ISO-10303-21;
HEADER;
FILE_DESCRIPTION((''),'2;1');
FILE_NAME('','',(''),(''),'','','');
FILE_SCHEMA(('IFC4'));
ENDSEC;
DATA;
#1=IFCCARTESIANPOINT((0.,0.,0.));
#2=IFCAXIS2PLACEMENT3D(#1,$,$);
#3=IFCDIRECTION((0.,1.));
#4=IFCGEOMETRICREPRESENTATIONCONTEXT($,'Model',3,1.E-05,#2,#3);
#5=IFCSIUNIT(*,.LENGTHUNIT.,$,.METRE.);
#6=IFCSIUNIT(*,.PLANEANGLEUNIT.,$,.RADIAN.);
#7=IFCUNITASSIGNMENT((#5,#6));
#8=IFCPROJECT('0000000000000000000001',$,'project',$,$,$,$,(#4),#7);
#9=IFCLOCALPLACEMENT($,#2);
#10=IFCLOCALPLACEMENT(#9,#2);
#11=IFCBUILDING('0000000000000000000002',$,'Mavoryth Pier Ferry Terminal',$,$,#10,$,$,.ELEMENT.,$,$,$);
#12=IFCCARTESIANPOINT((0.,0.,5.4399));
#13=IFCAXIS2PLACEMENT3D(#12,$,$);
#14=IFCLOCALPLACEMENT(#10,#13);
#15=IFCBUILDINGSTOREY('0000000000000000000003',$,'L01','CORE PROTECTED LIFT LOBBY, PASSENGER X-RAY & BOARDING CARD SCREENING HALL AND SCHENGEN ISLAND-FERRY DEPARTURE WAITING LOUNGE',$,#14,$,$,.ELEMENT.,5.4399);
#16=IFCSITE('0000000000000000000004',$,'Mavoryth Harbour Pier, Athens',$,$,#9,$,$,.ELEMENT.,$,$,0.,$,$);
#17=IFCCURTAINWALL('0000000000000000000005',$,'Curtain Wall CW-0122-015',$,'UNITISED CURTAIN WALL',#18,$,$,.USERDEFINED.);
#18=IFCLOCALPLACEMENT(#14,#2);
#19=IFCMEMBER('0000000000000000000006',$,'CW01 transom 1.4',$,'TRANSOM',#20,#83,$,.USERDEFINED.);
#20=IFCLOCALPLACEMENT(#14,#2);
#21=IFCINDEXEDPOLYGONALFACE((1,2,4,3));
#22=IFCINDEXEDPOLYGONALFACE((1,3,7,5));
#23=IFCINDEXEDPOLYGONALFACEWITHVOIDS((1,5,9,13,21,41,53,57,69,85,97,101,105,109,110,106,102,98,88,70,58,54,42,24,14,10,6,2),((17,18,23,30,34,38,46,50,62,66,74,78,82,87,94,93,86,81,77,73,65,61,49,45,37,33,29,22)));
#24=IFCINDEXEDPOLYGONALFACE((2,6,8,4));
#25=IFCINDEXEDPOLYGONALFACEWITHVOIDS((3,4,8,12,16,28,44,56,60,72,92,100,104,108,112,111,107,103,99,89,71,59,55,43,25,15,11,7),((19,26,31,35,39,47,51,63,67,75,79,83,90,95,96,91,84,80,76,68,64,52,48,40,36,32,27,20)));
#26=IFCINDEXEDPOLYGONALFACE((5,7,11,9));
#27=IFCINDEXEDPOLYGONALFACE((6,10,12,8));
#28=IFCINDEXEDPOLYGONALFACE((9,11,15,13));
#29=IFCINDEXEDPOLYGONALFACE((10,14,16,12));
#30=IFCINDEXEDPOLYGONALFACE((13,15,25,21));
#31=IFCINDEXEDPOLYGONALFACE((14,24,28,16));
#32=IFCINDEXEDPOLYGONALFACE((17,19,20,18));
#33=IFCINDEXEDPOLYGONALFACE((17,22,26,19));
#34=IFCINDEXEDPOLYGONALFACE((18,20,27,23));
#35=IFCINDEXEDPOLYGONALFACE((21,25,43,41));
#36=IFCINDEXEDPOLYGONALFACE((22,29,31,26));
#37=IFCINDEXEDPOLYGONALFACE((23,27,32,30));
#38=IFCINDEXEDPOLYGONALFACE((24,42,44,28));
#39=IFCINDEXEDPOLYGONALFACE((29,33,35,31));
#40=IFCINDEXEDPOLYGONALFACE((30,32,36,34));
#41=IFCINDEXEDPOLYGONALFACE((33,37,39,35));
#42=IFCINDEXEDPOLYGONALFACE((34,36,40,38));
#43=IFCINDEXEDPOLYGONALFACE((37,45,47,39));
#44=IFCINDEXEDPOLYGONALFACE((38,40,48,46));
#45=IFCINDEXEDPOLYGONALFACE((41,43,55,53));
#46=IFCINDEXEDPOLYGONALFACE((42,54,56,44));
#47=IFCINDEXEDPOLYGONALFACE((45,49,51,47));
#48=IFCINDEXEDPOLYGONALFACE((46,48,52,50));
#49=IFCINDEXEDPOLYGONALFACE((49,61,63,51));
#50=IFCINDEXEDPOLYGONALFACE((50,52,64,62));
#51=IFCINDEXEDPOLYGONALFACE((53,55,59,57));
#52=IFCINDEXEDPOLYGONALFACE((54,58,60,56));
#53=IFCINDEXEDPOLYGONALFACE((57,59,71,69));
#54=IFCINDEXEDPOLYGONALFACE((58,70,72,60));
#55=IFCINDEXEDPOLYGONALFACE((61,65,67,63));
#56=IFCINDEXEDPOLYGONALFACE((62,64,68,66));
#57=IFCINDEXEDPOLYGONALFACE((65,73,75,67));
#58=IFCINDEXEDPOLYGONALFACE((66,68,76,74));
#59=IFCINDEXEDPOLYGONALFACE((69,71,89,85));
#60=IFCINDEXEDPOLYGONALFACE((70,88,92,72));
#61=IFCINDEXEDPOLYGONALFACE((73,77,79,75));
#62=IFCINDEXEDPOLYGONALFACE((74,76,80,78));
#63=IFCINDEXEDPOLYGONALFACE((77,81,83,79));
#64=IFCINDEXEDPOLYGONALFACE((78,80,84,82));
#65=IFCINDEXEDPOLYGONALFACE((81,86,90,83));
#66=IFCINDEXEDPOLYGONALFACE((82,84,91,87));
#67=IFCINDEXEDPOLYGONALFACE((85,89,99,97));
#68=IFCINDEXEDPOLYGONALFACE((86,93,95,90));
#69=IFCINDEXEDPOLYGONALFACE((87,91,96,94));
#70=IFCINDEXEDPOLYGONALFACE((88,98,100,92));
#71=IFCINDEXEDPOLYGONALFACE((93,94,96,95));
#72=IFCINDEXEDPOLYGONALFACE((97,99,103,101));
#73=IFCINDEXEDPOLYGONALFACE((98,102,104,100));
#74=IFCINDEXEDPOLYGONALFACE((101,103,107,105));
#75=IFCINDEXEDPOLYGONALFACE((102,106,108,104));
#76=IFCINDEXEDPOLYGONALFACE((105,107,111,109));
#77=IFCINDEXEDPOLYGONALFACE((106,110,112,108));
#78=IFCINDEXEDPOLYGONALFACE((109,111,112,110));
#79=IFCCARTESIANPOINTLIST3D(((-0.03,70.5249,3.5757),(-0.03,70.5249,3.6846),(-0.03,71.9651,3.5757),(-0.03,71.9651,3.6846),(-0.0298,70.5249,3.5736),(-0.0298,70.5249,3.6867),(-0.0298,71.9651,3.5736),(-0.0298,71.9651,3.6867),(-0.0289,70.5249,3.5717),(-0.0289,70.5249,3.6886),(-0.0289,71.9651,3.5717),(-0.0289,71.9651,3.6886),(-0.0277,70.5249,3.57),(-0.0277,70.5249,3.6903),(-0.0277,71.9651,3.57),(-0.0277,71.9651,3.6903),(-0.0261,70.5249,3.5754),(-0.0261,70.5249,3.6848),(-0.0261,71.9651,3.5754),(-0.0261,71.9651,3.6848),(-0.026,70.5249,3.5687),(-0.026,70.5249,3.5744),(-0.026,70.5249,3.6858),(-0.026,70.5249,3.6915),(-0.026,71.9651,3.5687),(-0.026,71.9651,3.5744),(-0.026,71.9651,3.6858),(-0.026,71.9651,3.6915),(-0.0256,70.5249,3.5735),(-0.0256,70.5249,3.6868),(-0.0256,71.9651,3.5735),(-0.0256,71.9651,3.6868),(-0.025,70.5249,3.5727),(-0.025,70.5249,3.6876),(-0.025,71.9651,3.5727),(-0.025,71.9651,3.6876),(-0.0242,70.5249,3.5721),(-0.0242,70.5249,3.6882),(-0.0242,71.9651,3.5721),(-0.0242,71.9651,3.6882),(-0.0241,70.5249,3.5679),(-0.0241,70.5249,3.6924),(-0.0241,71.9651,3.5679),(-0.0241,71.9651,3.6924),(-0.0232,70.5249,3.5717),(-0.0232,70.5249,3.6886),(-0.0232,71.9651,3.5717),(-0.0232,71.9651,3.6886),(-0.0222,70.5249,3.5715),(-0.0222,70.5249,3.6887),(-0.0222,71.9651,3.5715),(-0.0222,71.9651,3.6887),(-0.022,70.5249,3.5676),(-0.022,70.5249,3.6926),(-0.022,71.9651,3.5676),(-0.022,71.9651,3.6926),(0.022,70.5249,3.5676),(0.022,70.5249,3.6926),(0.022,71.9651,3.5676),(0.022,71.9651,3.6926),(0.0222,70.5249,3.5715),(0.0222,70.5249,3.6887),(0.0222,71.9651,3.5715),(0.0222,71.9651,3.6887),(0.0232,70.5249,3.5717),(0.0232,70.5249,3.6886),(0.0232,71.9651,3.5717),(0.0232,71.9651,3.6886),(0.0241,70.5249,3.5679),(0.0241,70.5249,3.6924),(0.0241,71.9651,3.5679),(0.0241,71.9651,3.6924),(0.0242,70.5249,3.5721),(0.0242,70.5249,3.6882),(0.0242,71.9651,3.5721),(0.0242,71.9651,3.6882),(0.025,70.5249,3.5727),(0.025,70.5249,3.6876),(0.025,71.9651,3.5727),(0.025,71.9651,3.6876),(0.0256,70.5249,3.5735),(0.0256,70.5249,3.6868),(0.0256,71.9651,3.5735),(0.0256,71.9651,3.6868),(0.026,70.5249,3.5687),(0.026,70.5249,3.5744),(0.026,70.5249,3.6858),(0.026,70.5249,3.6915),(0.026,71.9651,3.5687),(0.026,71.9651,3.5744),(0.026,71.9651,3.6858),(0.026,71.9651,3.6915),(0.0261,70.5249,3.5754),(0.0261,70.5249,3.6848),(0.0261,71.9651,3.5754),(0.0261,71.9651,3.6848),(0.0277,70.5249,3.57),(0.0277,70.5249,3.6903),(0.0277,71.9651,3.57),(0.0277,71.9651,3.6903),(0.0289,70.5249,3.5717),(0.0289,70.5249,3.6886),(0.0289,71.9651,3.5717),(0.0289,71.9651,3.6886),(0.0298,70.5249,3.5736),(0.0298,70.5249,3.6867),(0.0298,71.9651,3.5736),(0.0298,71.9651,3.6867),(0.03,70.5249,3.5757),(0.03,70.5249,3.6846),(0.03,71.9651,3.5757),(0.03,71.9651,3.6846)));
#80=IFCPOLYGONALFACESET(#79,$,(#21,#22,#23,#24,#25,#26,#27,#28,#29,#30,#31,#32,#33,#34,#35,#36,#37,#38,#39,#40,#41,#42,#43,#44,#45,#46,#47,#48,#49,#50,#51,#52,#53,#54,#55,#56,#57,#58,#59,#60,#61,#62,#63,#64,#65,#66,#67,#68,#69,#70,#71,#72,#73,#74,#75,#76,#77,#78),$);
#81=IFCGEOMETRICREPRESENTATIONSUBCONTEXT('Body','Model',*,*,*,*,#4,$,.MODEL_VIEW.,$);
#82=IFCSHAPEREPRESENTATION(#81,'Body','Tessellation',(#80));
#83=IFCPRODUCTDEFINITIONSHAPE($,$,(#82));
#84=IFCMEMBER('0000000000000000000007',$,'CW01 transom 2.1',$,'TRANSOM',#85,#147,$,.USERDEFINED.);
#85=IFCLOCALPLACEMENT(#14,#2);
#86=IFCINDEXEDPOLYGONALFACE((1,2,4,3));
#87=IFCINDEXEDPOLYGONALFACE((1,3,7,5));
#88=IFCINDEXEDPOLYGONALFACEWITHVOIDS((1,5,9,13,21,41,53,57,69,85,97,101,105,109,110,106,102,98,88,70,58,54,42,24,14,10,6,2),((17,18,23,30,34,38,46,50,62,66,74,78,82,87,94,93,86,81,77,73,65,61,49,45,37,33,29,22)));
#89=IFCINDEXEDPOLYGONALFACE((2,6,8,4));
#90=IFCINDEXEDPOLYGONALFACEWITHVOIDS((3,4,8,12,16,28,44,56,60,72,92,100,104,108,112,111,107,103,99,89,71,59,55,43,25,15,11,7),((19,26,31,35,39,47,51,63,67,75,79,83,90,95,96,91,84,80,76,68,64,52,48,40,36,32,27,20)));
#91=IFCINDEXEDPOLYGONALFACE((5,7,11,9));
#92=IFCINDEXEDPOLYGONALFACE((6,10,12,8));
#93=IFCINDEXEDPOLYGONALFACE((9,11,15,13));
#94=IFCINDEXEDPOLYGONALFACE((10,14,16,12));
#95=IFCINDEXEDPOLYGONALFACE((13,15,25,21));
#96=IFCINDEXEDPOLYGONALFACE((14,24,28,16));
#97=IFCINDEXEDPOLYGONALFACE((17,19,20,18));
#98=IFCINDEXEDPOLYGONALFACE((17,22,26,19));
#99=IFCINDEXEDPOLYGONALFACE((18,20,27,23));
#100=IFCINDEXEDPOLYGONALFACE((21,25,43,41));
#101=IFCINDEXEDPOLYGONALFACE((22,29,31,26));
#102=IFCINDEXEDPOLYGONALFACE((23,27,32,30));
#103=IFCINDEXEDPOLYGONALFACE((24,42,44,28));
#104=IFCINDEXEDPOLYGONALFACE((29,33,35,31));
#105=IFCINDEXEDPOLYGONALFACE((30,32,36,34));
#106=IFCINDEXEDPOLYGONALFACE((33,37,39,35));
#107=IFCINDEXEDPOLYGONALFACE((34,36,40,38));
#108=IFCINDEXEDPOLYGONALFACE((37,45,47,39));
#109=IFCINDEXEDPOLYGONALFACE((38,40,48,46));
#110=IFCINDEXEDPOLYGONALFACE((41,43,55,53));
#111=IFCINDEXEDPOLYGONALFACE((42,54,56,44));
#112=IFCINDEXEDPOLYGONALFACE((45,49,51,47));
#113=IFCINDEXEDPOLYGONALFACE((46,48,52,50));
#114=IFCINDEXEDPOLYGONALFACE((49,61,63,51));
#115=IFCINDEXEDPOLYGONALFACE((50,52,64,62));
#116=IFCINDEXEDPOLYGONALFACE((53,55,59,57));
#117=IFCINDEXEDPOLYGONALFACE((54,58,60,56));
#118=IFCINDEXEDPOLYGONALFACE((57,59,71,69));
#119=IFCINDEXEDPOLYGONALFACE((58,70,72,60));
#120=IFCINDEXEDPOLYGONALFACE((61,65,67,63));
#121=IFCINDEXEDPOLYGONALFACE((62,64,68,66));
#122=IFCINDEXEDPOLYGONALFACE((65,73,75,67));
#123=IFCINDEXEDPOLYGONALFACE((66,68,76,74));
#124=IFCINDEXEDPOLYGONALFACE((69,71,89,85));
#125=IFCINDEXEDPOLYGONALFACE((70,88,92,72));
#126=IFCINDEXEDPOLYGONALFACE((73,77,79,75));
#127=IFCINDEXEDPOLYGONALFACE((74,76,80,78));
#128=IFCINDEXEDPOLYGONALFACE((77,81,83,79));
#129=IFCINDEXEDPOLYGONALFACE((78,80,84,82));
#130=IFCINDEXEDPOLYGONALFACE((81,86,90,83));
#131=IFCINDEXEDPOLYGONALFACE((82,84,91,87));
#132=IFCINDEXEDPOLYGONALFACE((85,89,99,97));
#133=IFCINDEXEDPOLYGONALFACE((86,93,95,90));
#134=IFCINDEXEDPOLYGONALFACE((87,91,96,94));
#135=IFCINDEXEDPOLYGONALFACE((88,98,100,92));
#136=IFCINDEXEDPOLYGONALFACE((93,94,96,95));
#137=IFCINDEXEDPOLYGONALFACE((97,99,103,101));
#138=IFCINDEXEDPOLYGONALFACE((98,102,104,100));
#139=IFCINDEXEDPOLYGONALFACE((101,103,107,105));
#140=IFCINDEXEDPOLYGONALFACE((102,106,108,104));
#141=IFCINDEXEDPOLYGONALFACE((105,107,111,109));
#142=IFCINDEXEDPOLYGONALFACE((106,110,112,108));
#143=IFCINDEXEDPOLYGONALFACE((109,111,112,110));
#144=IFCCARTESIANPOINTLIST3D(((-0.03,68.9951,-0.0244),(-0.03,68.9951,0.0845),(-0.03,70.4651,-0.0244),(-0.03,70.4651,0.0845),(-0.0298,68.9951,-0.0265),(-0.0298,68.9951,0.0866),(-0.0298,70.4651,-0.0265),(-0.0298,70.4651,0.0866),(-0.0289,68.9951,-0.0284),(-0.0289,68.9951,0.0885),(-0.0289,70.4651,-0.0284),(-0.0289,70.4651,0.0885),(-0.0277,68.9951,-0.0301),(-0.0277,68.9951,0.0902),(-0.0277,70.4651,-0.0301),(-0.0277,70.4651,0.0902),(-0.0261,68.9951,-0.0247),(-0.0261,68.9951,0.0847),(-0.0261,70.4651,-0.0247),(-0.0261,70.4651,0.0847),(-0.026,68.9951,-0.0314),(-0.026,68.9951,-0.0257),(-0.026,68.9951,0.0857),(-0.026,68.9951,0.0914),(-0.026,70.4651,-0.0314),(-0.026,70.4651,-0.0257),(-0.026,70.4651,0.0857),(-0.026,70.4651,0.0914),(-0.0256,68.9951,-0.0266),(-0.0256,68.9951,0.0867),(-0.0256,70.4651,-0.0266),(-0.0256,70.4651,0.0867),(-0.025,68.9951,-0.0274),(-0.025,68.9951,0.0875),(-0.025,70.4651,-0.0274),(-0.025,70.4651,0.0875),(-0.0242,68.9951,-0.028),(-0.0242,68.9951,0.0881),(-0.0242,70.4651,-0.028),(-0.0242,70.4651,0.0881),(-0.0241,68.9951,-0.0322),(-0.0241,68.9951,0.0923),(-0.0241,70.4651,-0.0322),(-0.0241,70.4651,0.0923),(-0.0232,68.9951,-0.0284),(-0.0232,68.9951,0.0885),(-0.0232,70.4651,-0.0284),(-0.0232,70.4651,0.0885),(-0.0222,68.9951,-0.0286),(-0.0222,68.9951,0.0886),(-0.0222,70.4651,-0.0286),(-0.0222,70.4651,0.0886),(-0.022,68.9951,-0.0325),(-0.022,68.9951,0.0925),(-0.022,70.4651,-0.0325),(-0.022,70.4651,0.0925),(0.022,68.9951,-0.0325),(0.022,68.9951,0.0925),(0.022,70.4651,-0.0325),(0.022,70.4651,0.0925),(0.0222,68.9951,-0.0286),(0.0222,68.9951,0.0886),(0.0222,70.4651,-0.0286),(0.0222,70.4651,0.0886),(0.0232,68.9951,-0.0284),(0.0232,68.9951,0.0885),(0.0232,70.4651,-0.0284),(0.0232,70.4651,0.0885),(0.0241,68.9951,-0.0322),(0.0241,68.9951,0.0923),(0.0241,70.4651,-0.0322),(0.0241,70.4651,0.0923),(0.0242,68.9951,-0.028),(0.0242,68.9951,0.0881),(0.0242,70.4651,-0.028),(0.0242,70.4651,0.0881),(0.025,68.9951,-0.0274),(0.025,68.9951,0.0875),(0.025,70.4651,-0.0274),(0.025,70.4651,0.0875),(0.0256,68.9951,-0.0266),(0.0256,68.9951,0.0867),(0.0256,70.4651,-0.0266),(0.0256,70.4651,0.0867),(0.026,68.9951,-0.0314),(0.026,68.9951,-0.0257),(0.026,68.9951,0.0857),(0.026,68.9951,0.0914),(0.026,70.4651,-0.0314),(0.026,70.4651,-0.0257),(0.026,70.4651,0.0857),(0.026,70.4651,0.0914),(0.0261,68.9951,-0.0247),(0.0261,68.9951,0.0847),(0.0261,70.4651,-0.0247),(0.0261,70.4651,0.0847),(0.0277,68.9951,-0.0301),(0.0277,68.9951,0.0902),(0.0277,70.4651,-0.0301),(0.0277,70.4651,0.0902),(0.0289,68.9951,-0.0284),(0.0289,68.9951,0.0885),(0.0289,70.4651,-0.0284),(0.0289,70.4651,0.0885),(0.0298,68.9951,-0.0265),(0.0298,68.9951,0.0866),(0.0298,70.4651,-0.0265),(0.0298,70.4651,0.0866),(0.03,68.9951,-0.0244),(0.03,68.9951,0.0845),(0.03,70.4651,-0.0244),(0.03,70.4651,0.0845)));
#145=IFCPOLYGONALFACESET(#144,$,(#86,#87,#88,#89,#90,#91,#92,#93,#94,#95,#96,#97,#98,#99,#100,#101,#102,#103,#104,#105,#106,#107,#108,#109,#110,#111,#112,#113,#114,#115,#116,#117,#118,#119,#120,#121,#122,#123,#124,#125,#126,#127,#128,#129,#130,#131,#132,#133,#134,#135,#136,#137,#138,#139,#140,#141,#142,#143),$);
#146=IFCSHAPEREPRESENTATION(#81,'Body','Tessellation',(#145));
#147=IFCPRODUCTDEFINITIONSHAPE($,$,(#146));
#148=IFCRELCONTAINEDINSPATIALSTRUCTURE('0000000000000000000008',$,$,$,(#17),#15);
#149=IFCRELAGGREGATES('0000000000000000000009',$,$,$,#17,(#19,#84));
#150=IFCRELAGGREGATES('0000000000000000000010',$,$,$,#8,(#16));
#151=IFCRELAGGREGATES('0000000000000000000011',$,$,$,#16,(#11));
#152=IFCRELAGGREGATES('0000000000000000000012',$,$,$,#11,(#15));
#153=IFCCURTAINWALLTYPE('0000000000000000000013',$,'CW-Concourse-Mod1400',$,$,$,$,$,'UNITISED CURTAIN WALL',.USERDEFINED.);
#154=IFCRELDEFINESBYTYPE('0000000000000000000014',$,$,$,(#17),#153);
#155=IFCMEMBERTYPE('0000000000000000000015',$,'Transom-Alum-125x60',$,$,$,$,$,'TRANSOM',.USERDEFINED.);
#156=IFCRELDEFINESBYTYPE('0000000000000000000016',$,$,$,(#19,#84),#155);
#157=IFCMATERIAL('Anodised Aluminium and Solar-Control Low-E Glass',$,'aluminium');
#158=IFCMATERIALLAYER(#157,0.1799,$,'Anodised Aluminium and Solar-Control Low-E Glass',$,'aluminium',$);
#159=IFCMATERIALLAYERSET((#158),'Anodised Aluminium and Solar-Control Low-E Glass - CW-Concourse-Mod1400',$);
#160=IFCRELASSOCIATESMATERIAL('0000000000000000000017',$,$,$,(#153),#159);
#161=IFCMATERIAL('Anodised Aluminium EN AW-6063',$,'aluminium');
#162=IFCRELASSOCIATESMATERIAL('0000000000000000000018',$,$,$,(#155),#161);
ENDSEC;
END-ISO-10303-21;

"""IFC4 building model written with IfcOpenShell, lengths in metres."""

from ifc_helpers import new_model, si_unit, direction, frame, origin, origin_2d, place, context, subcontext, project, spatial, hollow_rectangle, extrude, material, layer, layer_set, material_profile, profile_set, type_object, element, aggregate, save


model = new_model("IFC4")

# Units and contexts
model_context = context("Model", 3, precision=1e-05, world=origin(), true_north=direction((0.0, 1.0)))
body_context = subcontext(model_context, "Body", "Model", "MODEL_VIEW")
ifc_project = project(units=[si_unit("LENGTHUNIT", "METRE"), si_unit("PLANEANGLEUNIT", "RADIAN")], contexts=[model_context])

# Site, building, storey
site_placement = place(None, origin())
site = spatial("IfcSite", under=ifc_project, at=site_placement, Name="Mavoryth Harbour Pier, Athens", CompositionType="ELEMENT", RefElevation=0.0)
building_placement = place(site_placement, origin())
building = spatial("IfcBuilding", under=site, at=building_placement, Name="Mavoryth Pier Ferry Terminal", CompositionType="ELEMENT")
storey_placement = place(building_placement, frame((0.0, 0.0, 5.4399)))
storey = spatial("IfcBuildingStorey", under=building, at=storey_placement, Name="L01", Description="CORE PROTECTED LIFT LOBBY, PASSENGER X-RAY & BOARDING CARD SCREENING HALL AND SCHENGEN ISLAND-FERRY DEPARTURE WAITING LOUNGE", CompositionType="ELEMENT", Elevation=5.4399)

# Curtain wall
ifc_material_1 = material(Name="Anodised Aluminium and Solar-Control Low-E Glass", Category="aluminium")
ifc_layer_1 = layer(ifc_material_1, 0.1799, Name="Anodised Aluminium and Solar-Control Low-E Glass", Category="aluminium")
ifc_layer_set_1 = layer_set([ifc_layer_1], Name="Anodised Aluminium and Solar-Control Low-E Glass - CW-Concourse-Mod1400")
curtain_wall_type = type_object("IfcCurtainWallType", Name="CW-Concourse-Mod1400", ElementType="UNITISED CURTAIN WALL", PredefinedType="USERDEFINED", material=ifc_layer_set_1)
curtain_wall_1_placement = place(storey_placement, origin())
curtain_wall_1 = element("IfcCurtainWall", 1, at=curtain_wall_1_placement, inside=storey, type_object=curtain_wall_type, Name="Curtain Wall CW-0122-015", ObjectType="UNITISED CURTAIN WALL", PredefinedType="USERDEFINED")
ifc_material_2 = material(Name="Anodised Aluminium EN AW-6063", Category="aluminium")

# Members
ifc_material_profile_1 = material_profile(ifc_material_2, hollow_rectangle(XDim=0.0601, YDim=0.125, WallThickness=0.0039, InnerFilletRadius=0.0039, OuterFilletRadius=0.0081, at=origin_2d()), Name="AL-TRAN 125x60x4", Category="aluminium")
ifc_profile_set_1 = profile_set([ifc_material_profile_1], Name="Anodised Aluminium EN AW-6063 - AL-TRAN 125x60x4")
member_type_1 = type_object("IfcMemberType", Name="Transom-Alum-125x60", ElementType="TRANSOM", PredefinedType="USERDEFINED", material=ifc_profile_set_1)
member_1_placement = place(storey_placement, frame((0.0, 71.9651, 3.6301), z_axis=(0.0, -1.0, 0.0), x_axis=(1.0, 0.0, 0.0)))
member_1 = element("IfcMember", 2, at=member_1_placement, type_object=member_type_1, Name="CW01 transom 1.4", ObjectType="TRANSOM", PredefinedType="USERDEFINED", context=body_context, shape_type="SweptSolid", body=[
    extrude(hollow_rectangle(XDim=0.0601, YDim=0.125, WallThickness=0.0039, InnerFilletRadius=0.0039, OuterFilletRadius=0.0081, at=origin_2d()), origin(), (0.0, 0.0, 1.0), 1.4402),
])
member_2_placement = place(storey_placement, frame((0.0, 70.4651, 0.03), z_axis=(0.0, -1.0, 0.0), x_axis=(1.0, 0.0, 0.0)))
member_2 = element("IfcMember", 3, at=member_2_placement, type_object=member_type_1, Name="CW01 transom 2.1", ObjectType="TRANSOM", PredefinedType="USERDEFINED", context=body_context, shape_type="SweptSolid", body=[
    extrude(hollow_rectangle(XDim=0.0601, YDim=0.125, WallThickness=0.0039, InnerFilletRadius=0.0039, OuterFilletRadius=0.0081, at=origin_2d()), origin(), (0.0, 0.0, 1.0), 1.47),
])

aggregate(curtain_wall_1, [member_1, member_2])

save(model, "model.ifc")
